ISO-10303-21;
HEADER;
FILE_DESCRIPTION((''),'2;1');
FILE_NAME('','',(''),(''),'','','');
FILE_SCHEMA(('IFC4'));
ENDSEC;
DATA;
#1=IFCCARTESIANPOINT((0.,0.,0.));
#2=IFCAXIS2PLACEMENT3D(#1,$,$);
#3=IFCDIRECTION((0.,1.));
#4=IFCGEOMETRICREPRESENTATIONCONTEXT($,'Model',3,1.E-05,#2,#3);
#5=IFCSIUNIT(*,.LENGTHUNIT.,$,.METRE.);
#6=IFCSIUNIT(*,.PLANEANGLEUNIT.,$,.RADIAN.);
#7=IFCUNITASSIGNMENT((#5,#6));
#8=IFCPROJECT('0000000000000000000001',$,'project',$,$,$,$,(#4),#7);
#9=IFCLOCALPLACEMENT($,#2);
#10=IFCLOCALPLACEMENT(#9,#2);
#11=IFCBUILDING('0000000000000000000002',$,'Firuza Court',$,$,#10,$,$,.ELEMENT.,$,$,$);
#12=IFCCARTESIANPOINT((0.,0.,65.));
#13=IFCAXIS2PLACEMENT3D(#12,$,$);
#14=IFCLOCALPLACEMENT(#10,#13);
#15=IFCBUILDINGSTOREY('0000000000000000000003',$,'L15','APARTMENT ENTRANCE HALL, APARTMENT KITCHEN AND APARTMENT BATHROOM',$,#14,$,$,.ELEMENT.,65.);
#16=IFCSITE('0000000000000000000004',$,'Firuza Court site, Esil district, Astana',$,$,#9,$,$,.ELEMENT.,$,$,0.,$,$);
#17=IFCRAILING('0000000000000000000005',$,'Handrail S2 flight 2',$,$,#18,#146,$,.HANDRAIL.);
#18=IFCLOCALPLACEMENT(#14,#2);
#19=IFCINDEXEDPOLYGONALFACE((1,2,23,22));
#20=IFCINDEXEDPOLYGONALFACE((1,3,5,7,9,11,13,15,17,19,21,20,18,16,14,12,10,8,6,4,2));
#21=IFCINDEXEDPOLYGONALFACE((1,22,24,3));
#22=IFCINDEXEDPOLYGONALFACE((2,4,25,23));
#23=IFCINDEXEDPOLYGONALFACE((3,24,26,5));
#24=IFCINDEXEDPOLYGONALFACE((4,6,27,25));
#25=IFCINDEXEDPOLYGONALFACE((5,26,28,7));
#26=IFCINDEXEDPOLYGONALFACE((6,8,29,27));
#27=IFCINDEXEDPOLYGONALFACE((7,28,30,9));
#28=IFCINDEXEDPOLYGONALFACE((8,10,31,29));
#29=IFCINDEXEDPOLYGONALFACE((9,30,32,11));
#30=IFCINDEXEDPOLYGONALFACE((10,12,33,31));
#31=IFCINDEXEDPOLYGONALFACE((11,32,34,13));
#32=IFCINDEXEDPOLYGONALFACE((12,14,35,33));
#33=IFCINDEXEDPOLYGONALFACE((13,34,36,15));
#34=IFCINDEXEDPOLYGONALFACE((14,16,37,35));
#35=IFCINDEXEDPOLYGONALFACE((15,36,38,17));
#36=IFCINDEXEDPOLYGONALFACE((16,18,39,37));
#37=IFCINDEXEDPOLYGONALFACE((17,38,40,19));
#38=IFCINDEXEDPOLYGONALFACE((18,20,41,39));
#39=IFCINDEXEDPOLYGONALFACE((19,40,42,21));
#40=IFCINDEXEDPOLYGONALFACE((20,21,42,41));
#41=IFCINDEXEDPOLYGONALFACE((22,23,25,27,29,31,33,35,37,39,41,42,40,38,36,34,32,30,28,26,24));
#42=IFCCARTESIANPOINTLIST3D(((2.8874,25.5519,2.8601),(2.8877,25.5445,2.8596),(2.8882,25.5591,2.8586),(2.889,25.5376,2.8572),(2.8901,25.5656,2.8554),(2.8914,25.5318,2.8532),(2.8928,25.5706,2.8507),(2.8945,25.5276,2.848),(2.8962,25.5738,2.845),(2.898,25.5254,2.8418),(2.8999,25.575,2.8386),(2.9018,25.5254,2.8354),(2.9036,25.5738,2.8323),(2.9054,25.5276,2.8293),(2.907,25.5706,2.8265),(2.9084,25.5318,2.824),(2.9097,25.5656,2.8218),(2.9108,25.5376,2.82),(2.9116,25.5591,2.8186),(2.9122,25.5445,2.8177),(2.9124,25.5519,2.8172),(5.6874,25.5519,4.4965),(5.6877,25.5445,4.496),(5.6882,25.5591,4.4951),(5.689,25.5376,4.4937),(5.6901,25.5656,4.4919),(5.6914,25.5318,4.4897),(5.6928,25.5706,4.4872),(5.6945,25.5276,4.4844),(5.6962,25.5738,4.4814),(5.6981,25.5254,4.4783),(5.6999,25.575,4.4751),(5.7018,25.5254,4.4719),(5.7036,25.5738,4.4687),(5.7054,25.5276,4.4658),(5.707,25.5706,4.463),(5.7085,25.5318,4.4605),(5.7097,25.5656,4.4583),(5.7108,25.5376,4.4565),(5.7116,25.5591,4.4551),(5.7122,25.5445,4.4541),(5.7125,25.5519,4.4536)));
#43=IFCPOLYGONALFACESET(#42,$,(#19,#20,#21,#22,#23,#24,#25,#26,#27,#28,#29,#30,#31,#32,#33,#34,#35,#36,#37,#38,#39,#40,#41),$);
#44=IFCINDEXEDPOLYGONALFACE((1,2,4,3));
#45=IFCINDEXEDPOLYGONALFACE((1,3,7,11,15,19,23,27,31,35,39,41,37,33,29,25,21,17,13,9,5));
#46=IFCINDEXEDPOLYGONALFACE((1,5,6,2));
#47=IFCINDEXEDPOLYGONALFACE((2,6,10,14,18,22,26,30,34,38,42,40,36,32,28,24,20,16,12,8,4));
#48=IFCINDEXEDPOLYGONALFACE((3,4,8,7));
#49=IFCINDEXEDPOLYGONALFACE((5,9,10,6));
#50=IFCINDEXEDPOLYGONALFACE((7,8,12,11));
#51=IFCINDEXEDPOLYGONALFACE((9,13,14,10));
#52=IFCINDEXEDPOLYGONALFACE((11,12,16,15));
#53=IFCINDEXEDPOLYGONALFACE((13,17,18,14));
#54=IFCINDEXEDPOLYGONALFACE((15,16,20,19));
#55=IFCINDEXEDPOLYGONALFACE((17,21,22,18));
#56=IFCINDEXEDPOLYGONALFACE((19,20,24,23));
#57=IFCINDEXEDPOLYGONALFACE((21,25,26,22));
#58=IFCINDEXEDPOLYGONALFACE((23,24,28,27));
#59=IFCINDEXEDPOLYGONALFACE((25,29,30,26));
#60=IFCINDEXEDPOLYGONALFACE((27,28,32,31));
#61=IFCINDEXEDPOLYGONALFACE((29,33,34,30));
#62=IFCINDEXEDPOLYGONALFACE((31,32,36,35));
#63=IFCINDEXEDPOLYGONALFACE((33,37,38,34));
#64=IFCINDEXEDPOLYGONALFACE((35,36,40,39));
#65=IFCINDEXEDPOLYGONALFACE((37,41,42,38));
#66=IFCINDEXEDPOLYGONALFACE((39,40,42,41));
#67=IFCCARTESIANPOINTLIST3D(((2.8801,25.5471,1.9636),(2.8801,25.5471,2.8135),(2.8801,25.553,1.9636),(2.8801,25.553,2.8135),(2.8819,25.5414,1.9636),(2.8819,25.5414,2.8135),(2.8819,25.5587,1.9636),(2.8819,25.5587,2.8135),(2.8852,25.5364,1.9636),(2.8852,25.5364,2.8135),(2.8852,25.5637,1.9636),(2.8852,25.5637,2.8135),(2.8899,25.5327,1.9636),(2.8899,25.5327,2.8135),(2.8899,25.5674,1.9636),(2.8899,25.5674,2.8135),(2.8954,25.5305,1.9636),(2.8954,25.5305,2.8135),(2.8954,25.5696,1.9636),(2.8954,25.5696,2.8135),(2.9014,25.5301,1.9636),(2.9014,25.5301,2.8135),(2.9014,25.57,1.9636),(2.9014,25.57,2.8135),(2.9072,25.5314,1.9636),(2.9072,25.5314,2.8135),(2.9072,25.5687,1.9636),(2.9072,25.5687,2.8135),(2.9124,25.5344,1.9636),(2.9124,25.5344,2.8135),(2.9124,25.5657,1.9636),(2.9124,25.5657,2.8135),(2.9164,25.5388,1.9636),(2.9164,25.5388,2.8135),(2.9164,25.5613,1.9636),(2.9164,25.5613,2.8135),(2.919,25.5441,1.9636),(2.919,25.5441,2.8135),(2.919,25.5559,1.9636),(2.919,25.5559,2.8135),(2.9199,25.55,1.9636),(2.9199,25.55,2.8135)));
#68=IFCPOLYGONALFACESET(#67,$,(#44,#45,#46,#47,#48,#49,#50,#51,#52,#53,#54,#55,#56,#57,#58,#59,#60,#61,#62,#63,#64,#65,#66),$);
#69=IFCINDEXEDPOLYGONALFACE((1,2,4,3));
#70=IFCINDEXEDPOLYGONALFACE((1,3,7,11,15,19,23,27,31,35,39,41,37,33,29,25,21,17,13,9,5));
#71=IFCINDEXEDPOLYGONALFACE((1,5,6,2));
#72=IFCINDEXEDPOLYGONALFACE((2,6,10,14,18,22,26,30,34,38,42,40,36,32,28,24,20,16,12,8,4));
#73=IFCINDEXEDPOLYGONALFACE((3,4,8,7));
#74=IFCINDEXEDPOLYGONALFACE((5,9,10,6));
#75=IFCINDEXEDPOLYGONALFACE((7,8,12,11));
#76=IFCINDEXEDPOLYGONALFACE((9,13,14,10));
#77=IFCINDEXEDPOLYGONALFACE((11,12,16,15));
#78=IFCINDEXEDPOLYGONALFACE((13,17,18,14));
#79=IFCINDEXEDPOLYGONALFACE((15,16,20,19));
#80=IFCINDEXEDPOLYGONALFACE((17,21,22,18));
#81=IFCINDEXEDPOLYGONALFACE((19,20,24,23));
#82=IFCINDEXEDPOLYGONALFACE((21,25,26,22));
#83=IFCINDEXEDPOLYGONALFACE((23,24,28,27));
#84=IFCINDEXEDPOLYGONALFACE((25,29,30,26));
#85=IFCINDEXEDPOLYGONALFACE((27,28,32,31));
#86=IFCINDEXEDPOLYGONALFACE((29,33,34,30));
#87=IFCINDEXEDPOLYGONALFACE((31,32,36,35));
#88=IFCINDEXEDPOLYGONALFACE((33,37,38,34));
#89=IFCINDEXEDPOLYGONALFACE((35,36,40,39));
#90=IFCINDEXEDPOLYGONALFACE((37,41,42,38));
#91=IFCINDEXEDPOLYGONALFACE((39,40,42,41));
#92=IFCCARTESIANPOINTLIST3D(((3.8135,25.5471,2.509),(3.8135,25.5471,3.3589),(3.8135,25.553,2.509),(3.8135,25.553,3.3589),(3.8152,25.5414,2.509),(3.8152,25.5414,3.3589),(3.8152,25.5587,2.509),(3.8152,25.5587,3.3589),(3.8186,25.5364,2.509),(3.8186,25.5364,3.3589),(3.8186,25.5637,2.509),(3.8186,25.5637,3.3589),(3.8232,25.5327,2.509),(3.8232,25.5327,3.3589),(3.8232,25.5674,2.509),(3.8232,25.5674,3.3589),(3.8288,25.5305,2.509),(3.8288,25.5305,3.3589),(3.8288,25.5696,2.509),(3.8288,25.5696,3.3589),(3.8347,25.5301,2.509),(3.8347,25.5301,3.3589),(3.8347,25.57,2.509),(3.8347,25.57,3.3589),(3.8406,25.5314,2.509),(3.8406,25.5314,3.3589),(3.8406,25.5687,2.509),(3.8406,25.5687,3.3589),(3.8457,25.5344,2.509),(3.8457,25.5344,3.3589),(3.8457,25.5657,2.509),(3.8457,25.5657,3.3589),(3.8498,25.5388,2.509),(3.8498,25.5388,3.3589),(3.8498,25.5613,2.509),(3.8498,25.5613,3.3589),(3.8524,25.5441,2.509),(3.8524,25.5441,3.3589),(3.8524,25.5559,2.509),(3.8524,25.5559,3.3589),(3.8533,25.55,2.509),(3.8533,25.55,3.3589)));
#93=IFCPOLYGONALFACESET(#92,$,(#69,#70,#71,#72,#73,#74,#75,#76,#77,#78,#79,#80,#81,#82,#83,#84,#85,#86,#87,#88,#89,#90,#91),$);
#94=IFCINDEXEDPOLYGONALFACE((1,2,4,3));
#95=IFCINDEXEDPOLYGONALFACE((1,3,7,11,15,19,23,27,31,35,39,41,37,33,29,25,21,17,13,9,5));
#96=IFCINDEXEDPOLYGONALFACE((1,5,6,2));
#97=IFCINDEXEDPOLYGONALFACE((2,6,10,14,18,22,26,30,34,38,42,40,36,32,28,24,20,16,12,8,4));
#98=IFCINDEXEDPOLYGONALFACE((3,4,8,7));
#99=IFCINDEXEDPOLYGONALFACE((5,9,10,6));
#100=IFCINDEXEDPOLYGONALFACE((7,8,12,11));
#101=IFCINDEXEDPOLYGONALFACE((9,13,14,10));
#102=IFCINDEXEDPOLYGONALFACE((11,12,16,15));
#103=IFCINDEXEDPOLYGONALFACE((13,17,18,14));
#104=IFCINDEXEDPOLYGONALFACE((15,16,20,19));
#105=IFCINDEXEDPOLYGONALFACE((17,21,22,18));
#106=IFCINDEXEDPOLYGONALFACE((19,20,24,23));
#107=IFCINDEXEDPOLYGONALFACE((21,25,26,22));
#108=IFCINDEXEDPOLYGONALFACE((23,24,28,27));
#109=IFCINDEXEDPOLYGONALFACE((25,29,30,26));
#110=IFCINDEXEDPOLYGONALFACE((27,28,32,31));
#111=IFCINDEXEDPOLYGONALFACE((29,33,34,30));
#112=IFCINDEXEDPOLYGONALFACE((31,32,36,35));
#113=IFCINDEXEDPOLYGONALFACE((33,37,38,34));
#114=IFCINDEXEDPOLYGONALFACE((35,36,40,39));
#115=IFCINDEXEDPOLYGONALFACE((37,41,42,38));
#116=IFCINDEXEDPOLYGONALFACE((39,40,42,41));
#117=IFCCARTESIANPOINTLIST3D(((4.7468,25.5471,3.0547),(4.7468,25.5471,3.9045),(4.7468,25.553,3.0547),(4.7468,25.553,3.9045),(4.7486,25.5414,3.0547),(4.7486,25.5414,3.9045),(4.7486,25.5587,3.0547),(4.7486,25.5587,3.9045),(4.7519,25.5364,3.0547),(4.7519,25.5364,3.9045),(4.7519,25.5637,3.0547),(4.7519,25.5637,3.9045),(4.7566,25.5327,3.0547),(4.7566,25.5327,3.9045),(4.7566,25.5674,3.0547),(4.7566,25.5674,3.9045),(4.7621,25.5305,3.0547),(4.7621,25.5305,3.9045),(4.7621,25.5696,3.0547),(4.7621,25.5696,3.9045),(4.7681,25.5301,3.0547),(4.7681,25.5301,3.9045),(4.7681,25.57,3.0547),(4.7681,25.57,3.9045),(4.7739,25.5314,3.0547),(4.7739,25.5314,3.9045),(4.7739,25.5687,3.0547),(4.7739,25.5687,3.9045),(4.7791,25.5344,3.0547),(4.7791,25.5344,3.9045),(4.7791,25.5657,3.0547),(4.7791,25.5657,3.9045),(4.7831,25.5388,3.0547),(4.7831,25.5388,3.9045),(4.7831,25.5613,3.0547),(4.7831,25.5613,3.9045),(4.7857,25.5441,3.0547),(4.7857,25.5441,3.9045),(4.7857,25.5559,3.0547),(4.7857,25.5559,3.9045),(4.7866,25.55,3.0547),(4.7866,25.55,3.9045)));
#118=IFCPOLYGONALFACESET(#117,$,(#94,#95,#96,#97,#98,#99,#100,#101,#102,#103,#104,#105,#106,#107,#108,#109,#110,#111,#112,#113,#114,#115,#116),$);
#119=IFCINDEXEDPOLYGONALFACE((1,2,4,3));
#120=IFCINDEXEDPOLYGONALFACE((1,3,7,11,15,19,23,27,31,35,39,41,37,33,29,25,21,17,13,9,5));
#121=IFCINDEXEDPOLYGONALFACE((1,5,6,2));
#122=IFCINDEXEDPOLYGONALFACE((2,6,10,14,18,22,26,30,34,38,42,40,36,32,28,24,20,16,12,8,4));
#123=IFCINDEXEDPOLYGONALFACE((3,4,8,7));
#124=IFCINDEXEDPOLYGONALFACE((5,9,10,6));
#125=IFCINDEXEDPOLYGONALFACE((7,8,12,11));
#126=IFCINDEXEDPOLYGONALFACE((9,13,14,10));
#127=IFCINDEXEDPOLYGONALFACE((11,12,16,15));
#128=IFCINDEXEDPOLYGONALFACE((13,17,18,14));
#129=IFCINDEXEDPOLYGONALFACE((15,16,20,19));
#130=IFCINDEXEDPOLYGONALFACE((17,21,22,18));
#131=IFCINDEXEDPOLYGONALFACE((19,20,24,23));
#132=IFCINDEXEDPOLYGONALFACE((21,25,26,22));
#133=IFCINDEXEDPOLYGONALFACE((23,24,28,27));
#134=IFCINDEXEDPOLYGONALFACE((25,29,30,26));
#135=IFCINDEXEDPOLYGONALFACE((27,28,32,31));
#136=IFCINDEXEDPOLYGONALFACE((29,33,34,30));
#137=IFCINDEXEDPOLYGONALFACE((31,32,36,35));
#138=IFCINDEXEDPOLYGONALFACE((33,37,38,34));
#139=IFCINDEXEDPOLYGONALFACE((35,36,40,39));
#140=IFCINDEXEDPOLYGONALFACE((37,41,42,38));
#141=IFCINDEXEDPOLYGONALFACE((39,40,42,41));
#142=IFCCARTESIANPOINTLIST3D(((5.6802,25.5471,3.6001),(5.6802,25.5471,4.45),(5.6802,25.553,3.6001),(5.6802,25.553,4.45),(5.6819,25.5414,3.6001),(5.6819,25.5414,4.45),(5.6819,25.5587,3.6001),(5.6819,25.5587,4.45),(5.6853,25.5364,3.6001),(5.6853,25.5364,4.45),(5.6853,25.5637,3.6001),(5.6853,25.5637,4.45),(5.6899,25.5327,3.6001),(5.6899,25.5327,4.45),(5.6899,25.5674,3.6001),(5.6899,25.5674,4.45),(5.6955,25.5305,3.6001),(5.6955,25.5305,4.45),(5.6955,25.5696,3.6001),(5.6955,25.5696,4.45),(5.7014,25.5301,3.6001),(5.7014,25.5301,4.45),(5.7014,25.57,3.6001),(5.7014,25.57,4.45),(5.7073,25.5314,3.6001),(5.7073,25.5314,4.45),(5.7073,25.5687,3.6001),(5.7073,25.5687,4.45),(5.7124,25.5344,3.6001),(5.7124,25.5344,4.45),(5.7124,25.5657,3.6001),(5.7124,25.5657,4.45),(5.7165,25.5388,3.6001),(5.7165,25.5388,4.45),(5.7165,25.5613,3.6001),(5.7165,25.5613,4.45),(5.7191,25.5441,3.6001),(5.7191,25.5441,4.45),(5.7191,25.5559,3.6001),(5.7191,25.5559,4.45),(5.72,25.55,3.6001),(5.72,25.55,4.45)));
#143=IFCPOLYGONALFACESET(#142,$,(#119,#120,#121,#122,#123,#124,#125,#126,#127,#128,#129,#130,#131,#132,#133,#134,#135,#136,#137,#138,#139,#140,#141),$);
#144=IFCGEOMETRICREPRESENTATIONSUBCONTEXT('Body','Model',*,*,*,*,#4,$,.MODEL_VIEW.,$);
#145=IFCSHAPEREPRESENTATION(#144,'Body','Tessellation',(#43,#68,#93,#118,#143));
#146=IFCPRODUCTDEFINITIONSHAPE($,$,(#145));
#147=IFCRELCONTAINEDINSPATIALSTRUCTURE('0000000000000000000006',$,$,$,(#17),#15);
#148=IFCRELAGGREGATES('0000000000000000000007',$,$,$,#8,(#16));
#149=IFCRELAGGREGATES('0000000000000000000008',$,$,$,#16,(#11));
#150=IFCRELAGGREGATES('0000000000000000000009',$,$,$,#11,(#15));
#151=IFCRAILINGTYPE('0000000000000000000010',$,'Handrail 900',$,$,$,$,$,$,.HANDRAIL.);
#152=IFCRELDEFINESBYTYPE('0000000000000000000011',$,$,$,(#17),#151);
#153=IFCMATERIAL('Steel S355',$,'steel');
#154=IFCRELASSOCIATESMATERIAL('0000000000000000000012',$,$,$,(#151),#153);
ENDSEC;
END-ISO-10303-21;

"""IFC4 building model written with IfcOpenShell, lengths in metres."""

from ifc_helpers import new_model, si_unit, direction, frame, origin, origin_2d, place, context, subcontext, project, spatial, circle, extrude, material, type_object, element, save


model = new_model("IFC4")

# Units and contexts
model_context = context("Model", 3, precision=1e-05, world=origin(), true_north=direction((0.0, 1.0)))
body_context = subcontext(model_context, "Body", "Model", "MODEL_VIEW")
ifc_project = project(units=[si_unit("LENGTHUNIT", "METRE"), si_unit("PLANEANGLEUNIT", "RADIAN")], contexts=[model_context])

# Site, building, storey
site_placement = place(None, origin())
site = spatial("IfcSite", under=ifc_project, at=site_placement, Name="Firuza Court site, Esil district, Astana", CompositionType="ELEMENT", RefElevation=0.0)
building_placement = place(site_placement, origin())
building = spatial("IfcBuilding", under=site, at=building_placement, Name="Firuza Court", CompositionType="ELEMENT")
storey_placement = place(building_placement, frame((0.0, 0.0, 65.0)))
storey = spatial("IfcBuildingStorey", under=building, at=storey_placement, Name="L15", Description="APARTMENT ENTRANCE HALL, APARTMENT KITCHEN AND APARTMENT BATHROOM", CompositionType="ELEMENT", Elevation=65.0)

# Railing
ifc_material_1 = material(Name="Steel S355", Category="steel")
railing_type_1 = type_object("IfcRailingType", Name="Handrail 900", PredefinedType="HANDRAIL", material=ifc_material_1)
railing_1_placement = place(storey_placement, frame((2.8999, 25.55, 1.9636)))
element("IfcRailing", 1, at=railing_1_placement, inside=storey, type_object=railing_type_1, Name="Handrail S2 flight 2", PredefinedType="HANDRAIL", context=body_context, shape_type="SweptSolid", body=[
    extrude(circle(Radius=0.0249, at=origin_2d()), frame((0.0, 0.0, 0.875), z_axis=(0.863361, 0.0, 0.504587), x_axis=(0.0, 1.0, 0.0)), (0.0, 0.0, 1.0), 3.2432),
    extrude(circle(Radius=0.02, at=origin_2d()), origin(), (0.0, 0.0, 1.0), 0.8499),
    extrude(circle(Radius=0.02, at=origin_2d()), frame((0.9333, 0.0, 0.5454)), (0.0, 0.0, 1.0), 0.8499),
    extrude(circle(Radius=0.02, at=origin_2d()), frame((1.8667, 0.0, 1.0911)), (0.0, 0.0, 1.0), 0.8499),
    extrude(circle(Radius=0.02, at=origin_2d()), frame((2.8, 0.0, 1.6365)), (0.0, 0.0, 1.0), 0.8499),
])

save(model, "model.ifc")
